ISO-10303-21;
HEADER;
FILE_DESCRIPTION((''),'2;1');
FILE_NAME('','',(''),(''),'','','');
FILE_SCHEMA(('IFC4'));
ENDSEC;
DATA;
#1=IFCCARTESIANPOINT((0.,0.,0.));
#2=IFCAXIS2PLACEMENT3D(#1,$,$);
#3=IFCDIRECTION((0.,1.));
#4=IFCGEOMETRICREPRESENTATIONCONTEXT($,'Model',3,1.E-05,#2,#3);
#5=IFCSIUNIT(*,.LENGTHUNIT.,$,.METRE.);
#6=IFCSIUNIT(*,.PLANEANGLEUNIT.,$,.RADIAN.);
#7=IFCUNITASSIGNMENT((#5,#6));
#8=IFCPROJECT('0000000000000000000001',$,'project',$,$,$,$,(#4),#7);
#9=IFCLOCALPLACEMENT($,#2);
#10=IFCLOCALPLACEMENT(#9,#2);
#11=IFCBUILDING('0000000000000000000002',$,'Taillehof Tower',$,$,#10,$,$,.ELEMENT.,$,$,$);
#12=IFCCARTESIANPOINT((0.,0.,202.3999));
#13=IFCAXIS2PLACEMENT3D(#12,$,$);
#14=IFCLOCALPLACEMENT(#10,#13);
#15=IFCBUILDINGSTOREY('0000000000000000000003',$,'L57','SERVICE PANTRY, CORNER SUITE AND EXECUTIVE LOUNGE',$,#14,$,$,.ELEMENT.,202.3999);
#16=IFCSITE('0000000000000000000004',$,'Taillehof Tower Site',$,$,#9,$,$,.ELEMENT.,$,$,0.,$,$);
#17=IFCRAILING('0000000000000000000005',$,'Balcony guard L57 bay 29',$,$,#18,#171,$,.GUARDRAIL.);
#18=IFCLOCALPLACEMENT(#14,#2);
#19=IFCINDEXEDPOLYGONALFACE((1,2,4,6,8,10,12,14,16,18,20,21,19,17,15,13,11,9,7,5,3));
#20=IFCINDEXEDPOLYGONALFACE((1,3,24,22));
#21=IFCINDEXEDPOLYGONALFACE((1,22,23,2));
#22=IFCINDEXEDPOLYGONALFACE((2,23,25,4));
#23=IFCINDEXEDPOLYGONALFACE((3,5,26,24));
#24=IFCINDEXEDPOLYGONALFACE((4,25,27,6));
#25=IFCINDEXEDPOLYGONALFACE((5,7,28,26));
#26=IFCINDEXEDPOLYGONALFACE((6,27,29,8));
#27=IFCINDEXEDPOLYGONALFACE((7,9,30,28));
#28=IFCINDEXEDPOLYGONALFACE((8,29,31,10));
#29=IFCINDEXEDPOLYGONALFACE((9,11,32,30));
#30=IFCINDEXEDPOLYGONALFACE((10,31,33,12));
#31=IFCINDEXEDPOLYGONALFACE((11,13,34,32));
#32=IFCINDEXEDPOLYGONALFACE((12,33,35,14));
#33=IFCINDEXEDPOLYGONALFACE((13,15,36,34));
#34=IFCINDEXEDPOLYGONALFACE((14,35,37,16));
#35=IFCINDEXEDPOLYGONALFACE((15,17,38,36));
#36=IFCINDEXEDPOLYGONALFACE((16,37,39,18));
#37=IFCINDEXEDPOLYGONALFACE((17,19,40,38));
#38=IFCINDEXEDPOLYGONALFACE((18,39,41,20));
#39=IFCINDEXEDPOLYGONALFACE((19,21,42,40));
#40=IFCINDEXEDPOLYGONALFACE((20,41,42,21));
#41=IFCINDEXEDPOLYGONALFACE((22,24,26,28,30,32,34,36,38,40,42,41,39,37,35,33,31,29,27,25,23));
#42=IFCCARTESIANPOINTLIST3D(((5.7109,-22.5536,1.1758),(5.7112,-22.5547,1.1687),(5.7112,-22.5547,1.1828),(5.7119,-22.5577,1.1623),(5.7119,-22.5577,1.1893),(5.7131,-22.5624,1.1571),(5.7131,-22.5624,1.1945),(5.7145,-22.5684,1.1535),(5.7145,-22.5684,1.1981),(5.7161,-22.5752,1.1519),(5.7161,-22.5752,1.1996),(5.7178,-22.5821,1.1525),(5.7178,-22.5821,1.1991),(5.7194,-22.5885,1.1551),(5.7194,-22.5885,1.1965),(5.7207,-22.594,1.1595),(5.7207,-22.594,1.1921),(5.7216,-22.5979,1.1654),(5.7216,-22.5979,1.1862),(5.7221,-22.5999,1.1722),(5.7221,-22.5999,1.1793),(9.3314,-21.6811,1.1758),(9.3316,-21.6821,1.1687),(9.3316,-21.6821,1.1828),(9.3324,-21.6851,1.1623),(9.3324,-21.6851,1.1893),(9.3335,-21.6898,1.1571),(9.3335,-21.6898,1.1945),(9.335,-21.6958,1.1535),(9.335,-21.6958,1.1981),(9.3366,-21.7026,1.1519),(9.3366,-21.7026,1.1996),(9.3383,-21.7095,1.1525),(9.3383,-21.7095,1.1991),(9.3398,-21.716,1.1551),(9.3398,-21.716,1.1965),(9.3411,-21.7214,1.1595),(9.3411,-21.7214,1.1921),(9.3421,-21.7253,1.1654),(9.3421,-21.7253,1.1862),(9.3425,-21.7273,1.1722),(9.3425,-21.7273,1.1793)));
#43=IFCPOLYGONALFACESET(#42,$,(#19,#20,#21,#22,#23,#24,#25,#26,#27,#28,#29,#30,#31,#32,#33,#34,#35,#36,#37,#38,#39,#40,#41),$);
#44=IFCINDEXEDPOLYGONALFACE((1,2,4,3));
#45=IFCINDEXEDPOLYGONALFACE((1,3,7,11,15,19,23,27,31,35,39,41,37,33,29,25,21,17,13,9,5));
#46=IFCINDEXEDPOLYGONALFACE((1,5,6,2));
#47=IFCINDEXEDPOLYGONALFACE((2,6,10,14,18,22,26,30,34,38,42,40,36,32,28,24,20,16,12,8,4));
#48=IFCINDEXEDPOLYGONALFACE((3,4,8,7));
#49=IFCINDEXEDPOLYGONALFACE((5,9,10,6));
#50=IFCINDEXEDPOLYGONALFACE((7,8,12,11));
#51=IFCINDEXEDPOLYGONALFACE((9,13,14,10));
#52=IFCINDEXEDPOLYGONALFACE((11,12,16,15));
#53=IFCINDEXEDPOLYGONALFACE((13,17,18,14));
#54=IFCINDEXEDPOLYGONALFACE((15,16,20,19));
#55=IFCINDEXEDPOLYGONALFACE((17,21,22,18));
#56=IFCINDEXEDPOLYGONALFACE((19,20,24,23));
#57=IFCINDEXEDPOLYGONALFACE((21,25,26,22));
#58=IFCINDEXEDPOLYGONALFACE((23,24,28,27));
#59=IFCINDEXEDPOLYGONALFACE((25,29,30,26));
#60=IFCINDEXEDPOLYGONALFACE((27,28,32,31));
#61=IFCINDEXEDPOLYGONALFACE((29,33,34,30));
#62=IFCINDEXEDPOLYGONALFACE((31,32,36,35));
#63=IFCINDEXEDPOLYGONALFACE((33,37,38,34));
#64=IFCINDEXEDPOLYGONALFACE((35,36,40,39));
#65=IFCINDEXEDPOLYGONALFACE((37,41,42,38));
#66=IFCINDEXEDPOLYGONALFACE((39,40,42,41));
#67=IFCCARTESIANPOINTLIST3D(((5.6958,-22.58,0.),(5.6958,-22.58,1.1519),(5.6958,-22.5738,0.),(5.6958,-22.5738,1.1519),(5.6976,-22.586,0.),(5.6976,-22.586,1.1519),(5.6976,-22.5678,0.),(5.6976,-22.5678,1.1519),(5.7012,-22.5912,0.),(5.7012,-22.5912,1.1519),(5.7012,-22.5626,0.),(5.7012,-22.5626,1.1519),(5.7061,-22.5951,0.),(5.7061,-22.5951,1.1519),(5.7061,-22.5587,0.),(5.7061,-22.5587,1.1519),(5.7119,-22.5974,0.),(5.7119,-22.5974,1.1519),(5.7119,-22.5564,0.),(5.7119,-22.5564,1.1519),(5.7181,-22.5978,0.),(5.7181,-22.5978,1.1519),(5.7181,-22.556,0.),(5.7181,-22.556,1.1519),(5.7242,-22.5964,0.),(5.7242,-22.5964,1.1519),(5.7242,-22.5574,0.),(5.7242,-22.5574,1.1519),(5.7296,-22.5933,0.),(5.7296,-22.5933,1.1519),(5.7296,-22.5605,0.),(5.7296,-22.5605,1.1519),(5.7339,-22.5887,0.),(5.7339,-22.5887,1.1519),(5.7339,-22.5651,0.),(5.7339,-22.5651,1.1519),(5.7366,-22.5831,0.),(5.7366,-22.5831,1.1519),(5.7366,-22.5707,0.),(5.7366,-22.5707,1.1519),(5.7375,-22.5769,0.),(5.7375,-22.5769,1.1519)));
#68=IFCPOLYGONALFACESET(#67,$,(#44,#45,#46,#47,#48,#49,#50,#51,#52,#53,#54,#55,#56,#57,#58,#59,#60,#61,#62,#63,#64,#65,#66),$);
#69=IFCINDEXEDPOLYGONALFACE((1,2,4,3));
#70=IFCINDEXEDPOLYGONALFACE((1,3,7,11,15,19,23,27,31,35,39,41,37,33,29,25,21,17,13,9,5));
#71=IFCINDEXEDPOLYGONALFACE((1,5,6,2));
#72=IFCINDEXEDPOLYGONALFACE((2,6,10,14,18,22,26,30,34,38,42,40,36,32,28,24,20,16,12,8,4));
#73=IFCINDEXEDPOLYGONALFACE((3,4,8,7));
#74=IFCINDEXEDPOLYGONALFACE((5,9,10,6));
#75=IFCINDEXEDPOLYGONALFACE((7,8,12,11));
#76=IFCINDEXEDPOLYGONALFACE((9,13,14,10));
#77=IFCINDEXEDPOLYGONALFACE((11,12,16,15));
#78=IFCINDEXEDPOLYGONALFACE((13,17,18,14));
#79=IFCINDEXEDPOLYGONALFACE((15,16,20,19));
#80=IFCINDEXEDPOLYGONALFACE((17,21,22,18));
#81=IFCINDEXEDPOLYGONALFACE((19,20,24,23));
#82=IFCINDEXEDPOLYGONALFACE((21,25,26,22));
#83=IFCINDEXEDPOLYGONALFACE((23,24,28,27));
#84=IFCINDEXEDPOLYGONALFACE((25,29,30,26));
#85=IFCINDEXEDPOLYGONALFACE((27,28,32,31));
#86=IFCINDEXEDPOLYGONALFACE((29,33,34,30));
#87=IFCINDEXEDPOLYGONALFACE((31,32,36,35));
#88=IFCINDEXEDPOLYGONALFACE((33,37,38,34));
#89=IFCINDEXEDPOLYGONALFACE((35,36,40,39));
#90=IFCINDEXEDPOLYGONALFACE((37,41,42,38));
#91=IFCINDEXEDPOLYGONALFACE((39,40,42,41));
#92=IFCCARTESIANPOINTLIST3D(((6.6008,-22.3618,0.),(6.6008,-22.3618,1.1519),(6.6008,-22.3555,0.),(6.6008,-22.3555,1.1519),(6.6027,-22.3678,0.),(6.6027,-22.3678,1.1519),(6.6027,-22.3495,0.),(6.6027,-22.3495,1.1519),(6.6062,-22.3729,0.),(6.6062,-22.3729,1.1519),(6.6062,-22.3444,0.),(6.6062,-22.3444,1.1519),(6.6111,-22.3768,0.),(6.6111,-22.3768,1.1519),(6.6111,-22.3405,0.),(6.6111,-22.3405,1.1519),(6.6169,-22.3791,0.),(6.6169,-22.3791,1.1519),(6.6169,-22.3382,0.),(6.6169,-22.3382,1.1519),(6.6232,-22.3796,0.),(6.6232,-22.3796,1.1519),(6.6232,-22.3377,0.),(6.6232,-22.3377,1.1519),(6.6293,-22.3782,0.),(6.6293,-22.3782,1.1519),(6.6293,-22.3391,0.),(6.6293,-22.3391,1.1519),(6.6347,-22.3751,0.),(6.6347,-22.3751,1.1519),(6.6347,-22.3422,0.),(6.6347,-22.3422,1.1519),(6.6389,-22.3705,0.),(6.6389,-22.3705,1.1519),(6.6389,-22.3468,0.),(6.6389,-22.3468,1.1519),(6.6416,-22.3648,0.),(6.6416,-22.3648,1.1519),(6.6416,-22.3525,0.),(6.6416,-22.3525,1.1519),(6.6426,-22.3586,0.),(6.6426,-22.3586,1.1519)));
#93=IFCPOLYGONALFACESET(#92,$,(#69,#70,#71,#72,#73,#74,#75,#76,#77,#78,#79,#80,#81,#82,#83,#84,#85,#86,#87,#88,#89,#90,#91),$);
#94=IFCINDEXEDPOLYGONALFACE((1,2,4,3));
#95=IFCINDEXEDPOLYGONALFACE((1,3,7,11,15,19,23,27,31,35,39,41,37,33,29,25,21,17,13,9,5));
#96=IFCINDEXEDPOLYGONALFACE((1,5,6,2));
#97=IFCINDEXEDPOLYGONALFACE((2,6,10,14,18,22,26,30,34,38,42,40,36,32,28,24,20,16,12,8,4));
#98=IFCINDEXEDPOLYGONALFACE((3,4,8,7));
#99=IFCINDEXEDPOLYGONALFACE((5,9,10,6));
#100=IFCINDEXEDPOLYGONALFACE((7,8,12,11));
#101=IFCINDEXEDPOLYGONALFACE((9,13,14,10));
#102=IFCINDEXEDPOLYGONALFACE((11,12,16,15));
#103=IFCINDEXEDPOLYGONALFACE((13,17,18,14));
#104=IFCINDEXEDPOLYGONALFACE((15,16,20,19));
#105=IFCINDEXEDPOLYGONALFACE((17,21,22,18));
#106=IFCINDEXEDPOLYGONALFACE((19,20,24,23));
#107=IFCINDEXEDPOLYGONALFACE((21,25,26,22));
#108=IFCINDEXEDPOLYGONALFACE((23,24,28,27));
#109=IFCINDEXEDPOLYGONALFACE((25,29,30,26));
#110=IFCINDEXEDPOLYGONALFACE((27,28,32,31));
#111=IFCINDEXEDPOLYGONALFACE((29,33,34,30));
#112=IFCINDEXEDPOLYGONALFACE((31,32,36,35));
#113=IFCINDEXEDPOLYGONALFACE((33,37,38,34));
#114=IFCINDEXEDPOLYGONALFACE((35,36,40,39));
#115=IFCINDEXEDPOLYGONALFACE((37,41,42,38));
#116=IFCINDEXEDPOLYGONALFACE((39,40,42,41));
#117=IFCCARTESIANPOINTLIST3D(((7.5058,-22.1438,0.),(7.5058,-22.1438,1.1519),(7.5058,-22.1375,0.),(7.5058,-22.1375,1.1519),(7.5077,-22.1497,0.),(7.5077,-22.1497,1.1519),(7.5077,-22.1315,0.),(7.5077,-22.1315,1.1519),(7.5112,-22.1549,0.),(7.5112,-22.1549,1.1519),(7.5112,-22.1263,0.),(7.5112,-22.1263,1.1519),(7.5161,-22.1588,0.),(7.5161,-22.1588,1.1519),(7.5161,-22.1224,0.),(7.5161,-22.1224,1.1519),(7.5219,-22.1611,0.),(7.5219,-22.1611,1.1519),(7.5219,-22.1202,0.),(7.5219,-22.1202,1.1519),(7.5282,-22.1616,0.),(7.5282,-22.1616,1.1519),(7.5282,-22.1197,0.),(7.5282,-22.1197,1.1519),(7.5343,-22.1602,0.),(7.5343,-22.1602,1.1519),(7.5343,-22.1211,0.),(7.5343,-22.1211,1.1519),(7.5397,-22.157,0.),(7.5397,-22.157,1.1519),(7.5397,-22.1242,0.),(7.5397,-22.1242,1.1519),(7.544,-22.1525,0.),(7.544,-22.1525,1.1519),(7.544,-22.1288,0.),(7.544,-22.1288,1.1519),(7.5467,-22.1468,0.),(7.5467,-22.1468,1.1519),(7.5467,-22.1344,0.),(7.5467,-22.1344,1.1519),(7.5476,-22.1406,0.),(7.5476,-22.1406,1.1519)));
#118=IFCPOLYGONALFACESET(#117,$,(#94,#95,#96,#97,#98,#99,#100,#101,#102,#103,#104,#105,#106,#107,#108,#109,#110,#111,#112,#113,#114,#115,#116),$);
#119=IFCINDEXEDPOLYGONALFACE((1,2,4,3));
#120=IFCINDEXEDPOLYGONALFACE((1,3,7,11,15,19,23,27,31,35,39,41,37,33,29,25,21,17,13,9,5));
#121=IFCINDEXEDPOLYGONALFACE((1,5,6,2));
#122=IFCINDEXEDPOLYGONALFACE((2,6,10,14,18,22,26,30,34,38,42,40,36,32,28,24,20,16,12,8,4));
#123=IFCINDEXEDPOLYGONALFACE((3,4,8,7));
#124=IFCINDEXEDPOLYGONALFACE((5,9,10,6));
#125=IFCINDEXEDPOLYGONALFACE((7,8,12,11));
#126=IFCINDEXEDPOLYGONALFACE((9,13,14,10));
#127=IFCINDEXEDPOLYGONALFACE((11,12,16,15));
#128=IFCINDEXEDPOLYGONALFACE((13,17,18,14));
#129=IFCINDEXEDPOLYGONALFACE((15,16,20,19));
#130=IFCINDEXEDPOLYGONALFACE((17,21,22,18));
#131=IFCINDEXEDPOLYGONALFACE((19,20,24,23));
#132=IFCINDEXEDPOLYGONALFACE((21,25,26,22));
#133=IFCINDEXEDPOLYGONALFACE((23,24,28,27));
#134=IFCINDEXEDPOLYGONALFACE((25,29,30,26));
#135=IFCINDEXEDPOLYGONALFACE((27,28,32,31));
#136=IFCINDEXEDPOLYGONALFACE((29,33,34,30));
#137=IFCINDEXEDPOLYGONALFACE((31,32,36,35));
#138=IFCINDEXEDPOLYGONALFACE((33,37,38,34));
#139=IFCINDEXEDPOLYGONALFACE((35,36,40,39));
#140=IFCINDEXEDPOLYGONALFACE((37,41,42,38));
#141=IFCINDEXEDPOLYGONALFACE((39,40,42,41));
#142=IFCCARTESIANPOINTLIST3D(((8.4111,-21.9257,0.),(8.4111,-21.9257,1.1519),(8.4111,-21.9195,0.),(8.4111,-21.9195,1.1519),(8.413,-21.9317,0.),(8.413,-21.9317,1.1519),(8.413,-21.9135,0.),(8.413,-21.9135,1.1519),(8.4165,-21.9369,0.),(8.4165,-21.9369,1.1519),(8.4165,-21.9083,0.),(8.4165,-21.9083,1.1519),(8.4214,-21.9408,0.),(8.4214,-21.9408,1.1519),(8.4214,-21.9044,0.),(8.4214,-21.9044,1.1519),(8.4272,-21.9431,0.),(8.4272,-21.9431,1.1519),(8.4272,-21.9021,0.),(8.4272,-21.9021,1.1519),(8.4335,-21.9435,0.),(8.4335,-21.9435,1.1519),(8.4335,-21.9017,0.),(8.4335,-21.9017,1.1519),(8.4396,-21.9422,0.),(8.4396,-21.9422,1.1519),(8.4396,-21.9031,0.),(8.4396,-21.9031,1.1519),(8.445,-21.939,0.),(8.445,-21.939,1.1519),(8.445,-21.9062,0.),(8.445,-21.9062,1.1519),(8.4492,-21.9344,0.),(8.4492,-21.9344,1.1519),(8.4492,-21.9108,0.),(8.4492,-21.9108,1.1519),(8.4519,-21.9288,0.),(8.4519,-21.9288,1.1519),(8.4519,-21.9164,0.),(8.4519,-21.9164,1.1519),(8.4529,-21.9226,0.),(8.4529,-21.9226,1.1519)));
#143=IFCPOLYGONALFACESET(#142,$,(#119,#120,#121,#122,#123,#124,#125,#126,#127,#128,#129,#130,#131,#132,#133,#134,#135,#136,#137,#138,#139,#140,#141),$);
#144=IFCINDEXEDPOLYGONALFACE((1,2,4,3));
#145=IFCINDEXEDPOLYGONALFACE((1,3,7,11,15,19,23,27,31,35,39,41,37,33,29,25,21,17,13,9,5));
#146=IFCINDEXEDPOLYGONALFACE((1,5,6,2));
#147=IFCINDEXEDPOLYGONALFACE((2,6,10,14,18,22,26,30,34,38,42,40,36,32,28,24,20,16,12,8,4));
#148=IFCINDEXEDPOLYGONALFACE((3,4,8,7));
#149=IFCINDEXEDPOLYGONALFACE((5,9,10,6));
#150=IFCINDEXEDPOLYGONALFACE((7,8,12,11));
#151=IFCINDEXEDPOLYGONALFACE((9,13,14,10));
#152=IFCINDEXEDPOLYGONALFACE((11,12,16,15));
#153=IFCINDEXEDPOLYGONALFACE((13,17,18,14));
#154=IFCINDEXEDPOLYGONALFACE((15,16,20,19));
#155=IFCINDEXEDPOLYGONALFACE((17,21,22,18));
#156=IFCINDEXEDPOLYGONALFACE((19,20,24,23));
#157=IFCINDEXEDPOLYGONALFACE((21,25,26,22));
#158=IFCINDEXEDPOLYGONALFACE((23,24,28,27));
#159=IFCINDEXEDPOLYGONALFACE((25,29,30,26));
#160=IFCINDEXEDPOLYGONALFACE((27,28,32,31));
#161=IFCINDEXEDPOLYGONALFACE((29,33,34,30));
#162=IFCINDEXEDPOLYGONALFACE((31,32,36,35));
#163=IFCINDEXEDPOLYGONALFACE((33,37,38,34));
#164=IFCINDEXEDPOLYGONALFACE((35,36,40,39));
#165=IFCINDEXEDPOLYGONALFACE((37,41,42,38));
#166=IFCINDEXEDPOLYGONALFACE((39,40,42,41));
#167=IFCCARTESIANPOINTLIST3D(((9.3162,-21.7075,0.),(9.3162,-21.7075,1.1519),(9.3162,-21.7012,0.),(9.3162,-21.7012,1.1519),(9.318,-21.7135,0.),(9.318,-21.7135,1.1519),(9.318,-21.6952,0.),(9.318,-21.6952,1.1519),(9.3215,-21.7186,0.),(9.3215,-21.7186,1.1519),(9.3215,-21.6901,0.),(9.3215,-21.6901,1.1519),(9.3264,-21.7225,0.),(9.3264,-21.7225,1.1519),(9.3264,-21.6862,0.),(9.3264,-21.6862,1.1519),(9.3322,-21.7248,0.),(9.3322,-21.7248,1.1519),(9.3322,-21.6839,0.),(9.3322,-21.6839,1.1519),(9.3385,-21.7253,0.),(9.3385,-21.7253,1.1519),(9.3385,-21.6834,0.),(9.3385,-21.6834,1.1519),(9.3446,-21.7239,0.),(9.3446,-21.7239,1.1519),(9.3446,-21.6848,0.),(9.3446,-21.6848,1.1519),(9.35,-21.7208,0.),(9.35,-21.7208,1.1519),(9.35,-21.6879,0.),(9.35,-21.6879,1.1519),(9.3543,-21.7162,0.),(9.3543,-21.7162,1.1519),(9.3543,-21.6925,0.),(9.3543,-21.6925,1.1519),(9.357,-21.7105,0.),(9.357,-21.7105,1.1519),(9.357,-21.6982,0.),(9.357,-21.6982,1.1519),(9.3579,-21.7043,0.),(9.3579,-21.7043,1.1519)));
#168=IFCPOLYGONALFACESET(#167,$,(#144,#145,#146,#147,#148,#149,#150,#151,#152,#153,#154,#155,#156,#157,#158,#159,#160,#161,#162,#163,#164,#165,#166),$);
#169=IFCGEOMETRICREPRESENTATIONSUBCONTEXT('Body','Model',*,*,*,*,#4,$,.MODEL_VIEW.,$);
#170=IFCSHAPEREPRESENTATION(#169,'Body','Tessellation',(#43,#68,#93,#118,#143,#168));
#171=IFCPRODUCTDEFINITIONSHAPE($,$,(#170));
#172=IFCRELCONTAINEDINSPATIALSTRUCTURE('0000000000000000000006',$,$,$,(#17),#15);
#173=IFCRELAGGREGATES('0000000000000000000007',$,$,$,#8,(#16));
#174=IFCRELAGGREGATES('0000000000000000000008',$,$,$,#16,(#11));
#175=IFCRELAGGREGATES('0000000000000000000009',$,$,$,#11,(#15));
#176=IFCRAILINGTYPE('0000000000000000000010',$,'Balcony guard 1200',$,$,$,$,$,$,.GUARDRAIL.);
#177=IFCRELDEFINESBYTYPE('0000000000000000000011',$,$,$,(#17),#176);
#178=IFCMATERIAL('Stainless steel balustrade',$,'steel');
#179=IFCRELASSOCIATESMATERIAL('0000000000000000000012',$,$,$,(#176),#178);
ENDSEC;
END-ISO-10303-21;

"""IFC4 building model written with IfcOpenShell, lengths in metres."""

from ifc_helpers import new_model, si_unit, direction, frame, origin, origin_2d, place, context, subcontext, project, spatial, circle, extrude, material, type_object, element, save


model = new_model("IFC4")

# Units and contexts
model_context = context("Model", 3, precision=1e-05, world=origin(), true_north=direction((0.0, 1.0)))
body_context = subcontext(model_context, "Body", "Model", "MODEL_VIEW")
ifc_project = project(units=[si_unit("LENGTHUNIT", "METRE"), si_unit("PLANEANGLEUNIT", "RADIAN")], contexts=[model_context])

# Site, building, storey
site_placement = place(None, origin())
site = spatial("IfcSite", under=ifc_project, at=site_placement, Name="Taillehof Tower Site", CompositionType="ELEMENT", RefElevation=0.0)
building_placement = place(site_placement, origin())
building = spatial("IfcBuilding", under=site, at=building_placement, Name="Taillehof Tower", CompositionType="ELEMENT")
storey_placement = place(building_placement, frame((0.0, 0.0, 202.3999)))
storey = spatial("IfcBuildingStorey", under=building, at=storey_placement, Name="L57", Description="SERVICE PANTRY, CORNER SUITE AND EXECUTIVE LOUNGE", CompositionType="ELEMENT", Elevation=202.3999)

# Railing
ifc_material_1 = material(Name="Stainless steel balustrade", Category="steel")
railing_type = type_object("IfcRailingType", Name="Balcony guard 1200", PredefinedType="GUARDRAIL", material=ifc_material_1)
railing_1_placement = place(storey_placement, frame((5.7166, -22.5769, 0.0)))
element("IfcRailing", 1, at=railing_1_placement, inside=storey, type_object=railing_type, Name="Balcony guard L57 bay 29", PredefinedType="GUARDRAIL", context=body_context, shape_type="SweptSolid", body=[
    extrude(circle(Radius=0.0239, at=origin_2d()), frame((0.0, 0.0, 1.1758), z_axis=(0.972163, 0.234305, 0.0), x_axis=(-0.234305, 0.972163, 0.0)), (0.0, 0.0, 1.0), 3.7241),
    extrude(circle(Radius=0.021, at=origin_2d()), origin(), (0.0, 0.0, 1.0), 1.1519),
    extrude(circle(Radius=0.021, at=origin_2d()), frame((0.905, 0.2183, 0.0)), (0.0, 0.0, 1.0), 1.1519),
    extrude(circle(Radius=0.021, at=origin_2d()), frame((1.8101, 0.4363, 0.0)), (0.0, 0.0, 1.0), 1.1519),
    extrude(circle(Radius=0.021, at=origin_2d()), frame((2.7153, 0.6543, 0.0)), (0.0, 0.0, 1.0), 1.1519),
    extrude(circle(Radius=0.021, at=origin_2d()), frame((3.6204, 0.8726, 0.0)), (0.0, 0.0, 1.0), 1.1519),
])

save(model, "model.ifc")
